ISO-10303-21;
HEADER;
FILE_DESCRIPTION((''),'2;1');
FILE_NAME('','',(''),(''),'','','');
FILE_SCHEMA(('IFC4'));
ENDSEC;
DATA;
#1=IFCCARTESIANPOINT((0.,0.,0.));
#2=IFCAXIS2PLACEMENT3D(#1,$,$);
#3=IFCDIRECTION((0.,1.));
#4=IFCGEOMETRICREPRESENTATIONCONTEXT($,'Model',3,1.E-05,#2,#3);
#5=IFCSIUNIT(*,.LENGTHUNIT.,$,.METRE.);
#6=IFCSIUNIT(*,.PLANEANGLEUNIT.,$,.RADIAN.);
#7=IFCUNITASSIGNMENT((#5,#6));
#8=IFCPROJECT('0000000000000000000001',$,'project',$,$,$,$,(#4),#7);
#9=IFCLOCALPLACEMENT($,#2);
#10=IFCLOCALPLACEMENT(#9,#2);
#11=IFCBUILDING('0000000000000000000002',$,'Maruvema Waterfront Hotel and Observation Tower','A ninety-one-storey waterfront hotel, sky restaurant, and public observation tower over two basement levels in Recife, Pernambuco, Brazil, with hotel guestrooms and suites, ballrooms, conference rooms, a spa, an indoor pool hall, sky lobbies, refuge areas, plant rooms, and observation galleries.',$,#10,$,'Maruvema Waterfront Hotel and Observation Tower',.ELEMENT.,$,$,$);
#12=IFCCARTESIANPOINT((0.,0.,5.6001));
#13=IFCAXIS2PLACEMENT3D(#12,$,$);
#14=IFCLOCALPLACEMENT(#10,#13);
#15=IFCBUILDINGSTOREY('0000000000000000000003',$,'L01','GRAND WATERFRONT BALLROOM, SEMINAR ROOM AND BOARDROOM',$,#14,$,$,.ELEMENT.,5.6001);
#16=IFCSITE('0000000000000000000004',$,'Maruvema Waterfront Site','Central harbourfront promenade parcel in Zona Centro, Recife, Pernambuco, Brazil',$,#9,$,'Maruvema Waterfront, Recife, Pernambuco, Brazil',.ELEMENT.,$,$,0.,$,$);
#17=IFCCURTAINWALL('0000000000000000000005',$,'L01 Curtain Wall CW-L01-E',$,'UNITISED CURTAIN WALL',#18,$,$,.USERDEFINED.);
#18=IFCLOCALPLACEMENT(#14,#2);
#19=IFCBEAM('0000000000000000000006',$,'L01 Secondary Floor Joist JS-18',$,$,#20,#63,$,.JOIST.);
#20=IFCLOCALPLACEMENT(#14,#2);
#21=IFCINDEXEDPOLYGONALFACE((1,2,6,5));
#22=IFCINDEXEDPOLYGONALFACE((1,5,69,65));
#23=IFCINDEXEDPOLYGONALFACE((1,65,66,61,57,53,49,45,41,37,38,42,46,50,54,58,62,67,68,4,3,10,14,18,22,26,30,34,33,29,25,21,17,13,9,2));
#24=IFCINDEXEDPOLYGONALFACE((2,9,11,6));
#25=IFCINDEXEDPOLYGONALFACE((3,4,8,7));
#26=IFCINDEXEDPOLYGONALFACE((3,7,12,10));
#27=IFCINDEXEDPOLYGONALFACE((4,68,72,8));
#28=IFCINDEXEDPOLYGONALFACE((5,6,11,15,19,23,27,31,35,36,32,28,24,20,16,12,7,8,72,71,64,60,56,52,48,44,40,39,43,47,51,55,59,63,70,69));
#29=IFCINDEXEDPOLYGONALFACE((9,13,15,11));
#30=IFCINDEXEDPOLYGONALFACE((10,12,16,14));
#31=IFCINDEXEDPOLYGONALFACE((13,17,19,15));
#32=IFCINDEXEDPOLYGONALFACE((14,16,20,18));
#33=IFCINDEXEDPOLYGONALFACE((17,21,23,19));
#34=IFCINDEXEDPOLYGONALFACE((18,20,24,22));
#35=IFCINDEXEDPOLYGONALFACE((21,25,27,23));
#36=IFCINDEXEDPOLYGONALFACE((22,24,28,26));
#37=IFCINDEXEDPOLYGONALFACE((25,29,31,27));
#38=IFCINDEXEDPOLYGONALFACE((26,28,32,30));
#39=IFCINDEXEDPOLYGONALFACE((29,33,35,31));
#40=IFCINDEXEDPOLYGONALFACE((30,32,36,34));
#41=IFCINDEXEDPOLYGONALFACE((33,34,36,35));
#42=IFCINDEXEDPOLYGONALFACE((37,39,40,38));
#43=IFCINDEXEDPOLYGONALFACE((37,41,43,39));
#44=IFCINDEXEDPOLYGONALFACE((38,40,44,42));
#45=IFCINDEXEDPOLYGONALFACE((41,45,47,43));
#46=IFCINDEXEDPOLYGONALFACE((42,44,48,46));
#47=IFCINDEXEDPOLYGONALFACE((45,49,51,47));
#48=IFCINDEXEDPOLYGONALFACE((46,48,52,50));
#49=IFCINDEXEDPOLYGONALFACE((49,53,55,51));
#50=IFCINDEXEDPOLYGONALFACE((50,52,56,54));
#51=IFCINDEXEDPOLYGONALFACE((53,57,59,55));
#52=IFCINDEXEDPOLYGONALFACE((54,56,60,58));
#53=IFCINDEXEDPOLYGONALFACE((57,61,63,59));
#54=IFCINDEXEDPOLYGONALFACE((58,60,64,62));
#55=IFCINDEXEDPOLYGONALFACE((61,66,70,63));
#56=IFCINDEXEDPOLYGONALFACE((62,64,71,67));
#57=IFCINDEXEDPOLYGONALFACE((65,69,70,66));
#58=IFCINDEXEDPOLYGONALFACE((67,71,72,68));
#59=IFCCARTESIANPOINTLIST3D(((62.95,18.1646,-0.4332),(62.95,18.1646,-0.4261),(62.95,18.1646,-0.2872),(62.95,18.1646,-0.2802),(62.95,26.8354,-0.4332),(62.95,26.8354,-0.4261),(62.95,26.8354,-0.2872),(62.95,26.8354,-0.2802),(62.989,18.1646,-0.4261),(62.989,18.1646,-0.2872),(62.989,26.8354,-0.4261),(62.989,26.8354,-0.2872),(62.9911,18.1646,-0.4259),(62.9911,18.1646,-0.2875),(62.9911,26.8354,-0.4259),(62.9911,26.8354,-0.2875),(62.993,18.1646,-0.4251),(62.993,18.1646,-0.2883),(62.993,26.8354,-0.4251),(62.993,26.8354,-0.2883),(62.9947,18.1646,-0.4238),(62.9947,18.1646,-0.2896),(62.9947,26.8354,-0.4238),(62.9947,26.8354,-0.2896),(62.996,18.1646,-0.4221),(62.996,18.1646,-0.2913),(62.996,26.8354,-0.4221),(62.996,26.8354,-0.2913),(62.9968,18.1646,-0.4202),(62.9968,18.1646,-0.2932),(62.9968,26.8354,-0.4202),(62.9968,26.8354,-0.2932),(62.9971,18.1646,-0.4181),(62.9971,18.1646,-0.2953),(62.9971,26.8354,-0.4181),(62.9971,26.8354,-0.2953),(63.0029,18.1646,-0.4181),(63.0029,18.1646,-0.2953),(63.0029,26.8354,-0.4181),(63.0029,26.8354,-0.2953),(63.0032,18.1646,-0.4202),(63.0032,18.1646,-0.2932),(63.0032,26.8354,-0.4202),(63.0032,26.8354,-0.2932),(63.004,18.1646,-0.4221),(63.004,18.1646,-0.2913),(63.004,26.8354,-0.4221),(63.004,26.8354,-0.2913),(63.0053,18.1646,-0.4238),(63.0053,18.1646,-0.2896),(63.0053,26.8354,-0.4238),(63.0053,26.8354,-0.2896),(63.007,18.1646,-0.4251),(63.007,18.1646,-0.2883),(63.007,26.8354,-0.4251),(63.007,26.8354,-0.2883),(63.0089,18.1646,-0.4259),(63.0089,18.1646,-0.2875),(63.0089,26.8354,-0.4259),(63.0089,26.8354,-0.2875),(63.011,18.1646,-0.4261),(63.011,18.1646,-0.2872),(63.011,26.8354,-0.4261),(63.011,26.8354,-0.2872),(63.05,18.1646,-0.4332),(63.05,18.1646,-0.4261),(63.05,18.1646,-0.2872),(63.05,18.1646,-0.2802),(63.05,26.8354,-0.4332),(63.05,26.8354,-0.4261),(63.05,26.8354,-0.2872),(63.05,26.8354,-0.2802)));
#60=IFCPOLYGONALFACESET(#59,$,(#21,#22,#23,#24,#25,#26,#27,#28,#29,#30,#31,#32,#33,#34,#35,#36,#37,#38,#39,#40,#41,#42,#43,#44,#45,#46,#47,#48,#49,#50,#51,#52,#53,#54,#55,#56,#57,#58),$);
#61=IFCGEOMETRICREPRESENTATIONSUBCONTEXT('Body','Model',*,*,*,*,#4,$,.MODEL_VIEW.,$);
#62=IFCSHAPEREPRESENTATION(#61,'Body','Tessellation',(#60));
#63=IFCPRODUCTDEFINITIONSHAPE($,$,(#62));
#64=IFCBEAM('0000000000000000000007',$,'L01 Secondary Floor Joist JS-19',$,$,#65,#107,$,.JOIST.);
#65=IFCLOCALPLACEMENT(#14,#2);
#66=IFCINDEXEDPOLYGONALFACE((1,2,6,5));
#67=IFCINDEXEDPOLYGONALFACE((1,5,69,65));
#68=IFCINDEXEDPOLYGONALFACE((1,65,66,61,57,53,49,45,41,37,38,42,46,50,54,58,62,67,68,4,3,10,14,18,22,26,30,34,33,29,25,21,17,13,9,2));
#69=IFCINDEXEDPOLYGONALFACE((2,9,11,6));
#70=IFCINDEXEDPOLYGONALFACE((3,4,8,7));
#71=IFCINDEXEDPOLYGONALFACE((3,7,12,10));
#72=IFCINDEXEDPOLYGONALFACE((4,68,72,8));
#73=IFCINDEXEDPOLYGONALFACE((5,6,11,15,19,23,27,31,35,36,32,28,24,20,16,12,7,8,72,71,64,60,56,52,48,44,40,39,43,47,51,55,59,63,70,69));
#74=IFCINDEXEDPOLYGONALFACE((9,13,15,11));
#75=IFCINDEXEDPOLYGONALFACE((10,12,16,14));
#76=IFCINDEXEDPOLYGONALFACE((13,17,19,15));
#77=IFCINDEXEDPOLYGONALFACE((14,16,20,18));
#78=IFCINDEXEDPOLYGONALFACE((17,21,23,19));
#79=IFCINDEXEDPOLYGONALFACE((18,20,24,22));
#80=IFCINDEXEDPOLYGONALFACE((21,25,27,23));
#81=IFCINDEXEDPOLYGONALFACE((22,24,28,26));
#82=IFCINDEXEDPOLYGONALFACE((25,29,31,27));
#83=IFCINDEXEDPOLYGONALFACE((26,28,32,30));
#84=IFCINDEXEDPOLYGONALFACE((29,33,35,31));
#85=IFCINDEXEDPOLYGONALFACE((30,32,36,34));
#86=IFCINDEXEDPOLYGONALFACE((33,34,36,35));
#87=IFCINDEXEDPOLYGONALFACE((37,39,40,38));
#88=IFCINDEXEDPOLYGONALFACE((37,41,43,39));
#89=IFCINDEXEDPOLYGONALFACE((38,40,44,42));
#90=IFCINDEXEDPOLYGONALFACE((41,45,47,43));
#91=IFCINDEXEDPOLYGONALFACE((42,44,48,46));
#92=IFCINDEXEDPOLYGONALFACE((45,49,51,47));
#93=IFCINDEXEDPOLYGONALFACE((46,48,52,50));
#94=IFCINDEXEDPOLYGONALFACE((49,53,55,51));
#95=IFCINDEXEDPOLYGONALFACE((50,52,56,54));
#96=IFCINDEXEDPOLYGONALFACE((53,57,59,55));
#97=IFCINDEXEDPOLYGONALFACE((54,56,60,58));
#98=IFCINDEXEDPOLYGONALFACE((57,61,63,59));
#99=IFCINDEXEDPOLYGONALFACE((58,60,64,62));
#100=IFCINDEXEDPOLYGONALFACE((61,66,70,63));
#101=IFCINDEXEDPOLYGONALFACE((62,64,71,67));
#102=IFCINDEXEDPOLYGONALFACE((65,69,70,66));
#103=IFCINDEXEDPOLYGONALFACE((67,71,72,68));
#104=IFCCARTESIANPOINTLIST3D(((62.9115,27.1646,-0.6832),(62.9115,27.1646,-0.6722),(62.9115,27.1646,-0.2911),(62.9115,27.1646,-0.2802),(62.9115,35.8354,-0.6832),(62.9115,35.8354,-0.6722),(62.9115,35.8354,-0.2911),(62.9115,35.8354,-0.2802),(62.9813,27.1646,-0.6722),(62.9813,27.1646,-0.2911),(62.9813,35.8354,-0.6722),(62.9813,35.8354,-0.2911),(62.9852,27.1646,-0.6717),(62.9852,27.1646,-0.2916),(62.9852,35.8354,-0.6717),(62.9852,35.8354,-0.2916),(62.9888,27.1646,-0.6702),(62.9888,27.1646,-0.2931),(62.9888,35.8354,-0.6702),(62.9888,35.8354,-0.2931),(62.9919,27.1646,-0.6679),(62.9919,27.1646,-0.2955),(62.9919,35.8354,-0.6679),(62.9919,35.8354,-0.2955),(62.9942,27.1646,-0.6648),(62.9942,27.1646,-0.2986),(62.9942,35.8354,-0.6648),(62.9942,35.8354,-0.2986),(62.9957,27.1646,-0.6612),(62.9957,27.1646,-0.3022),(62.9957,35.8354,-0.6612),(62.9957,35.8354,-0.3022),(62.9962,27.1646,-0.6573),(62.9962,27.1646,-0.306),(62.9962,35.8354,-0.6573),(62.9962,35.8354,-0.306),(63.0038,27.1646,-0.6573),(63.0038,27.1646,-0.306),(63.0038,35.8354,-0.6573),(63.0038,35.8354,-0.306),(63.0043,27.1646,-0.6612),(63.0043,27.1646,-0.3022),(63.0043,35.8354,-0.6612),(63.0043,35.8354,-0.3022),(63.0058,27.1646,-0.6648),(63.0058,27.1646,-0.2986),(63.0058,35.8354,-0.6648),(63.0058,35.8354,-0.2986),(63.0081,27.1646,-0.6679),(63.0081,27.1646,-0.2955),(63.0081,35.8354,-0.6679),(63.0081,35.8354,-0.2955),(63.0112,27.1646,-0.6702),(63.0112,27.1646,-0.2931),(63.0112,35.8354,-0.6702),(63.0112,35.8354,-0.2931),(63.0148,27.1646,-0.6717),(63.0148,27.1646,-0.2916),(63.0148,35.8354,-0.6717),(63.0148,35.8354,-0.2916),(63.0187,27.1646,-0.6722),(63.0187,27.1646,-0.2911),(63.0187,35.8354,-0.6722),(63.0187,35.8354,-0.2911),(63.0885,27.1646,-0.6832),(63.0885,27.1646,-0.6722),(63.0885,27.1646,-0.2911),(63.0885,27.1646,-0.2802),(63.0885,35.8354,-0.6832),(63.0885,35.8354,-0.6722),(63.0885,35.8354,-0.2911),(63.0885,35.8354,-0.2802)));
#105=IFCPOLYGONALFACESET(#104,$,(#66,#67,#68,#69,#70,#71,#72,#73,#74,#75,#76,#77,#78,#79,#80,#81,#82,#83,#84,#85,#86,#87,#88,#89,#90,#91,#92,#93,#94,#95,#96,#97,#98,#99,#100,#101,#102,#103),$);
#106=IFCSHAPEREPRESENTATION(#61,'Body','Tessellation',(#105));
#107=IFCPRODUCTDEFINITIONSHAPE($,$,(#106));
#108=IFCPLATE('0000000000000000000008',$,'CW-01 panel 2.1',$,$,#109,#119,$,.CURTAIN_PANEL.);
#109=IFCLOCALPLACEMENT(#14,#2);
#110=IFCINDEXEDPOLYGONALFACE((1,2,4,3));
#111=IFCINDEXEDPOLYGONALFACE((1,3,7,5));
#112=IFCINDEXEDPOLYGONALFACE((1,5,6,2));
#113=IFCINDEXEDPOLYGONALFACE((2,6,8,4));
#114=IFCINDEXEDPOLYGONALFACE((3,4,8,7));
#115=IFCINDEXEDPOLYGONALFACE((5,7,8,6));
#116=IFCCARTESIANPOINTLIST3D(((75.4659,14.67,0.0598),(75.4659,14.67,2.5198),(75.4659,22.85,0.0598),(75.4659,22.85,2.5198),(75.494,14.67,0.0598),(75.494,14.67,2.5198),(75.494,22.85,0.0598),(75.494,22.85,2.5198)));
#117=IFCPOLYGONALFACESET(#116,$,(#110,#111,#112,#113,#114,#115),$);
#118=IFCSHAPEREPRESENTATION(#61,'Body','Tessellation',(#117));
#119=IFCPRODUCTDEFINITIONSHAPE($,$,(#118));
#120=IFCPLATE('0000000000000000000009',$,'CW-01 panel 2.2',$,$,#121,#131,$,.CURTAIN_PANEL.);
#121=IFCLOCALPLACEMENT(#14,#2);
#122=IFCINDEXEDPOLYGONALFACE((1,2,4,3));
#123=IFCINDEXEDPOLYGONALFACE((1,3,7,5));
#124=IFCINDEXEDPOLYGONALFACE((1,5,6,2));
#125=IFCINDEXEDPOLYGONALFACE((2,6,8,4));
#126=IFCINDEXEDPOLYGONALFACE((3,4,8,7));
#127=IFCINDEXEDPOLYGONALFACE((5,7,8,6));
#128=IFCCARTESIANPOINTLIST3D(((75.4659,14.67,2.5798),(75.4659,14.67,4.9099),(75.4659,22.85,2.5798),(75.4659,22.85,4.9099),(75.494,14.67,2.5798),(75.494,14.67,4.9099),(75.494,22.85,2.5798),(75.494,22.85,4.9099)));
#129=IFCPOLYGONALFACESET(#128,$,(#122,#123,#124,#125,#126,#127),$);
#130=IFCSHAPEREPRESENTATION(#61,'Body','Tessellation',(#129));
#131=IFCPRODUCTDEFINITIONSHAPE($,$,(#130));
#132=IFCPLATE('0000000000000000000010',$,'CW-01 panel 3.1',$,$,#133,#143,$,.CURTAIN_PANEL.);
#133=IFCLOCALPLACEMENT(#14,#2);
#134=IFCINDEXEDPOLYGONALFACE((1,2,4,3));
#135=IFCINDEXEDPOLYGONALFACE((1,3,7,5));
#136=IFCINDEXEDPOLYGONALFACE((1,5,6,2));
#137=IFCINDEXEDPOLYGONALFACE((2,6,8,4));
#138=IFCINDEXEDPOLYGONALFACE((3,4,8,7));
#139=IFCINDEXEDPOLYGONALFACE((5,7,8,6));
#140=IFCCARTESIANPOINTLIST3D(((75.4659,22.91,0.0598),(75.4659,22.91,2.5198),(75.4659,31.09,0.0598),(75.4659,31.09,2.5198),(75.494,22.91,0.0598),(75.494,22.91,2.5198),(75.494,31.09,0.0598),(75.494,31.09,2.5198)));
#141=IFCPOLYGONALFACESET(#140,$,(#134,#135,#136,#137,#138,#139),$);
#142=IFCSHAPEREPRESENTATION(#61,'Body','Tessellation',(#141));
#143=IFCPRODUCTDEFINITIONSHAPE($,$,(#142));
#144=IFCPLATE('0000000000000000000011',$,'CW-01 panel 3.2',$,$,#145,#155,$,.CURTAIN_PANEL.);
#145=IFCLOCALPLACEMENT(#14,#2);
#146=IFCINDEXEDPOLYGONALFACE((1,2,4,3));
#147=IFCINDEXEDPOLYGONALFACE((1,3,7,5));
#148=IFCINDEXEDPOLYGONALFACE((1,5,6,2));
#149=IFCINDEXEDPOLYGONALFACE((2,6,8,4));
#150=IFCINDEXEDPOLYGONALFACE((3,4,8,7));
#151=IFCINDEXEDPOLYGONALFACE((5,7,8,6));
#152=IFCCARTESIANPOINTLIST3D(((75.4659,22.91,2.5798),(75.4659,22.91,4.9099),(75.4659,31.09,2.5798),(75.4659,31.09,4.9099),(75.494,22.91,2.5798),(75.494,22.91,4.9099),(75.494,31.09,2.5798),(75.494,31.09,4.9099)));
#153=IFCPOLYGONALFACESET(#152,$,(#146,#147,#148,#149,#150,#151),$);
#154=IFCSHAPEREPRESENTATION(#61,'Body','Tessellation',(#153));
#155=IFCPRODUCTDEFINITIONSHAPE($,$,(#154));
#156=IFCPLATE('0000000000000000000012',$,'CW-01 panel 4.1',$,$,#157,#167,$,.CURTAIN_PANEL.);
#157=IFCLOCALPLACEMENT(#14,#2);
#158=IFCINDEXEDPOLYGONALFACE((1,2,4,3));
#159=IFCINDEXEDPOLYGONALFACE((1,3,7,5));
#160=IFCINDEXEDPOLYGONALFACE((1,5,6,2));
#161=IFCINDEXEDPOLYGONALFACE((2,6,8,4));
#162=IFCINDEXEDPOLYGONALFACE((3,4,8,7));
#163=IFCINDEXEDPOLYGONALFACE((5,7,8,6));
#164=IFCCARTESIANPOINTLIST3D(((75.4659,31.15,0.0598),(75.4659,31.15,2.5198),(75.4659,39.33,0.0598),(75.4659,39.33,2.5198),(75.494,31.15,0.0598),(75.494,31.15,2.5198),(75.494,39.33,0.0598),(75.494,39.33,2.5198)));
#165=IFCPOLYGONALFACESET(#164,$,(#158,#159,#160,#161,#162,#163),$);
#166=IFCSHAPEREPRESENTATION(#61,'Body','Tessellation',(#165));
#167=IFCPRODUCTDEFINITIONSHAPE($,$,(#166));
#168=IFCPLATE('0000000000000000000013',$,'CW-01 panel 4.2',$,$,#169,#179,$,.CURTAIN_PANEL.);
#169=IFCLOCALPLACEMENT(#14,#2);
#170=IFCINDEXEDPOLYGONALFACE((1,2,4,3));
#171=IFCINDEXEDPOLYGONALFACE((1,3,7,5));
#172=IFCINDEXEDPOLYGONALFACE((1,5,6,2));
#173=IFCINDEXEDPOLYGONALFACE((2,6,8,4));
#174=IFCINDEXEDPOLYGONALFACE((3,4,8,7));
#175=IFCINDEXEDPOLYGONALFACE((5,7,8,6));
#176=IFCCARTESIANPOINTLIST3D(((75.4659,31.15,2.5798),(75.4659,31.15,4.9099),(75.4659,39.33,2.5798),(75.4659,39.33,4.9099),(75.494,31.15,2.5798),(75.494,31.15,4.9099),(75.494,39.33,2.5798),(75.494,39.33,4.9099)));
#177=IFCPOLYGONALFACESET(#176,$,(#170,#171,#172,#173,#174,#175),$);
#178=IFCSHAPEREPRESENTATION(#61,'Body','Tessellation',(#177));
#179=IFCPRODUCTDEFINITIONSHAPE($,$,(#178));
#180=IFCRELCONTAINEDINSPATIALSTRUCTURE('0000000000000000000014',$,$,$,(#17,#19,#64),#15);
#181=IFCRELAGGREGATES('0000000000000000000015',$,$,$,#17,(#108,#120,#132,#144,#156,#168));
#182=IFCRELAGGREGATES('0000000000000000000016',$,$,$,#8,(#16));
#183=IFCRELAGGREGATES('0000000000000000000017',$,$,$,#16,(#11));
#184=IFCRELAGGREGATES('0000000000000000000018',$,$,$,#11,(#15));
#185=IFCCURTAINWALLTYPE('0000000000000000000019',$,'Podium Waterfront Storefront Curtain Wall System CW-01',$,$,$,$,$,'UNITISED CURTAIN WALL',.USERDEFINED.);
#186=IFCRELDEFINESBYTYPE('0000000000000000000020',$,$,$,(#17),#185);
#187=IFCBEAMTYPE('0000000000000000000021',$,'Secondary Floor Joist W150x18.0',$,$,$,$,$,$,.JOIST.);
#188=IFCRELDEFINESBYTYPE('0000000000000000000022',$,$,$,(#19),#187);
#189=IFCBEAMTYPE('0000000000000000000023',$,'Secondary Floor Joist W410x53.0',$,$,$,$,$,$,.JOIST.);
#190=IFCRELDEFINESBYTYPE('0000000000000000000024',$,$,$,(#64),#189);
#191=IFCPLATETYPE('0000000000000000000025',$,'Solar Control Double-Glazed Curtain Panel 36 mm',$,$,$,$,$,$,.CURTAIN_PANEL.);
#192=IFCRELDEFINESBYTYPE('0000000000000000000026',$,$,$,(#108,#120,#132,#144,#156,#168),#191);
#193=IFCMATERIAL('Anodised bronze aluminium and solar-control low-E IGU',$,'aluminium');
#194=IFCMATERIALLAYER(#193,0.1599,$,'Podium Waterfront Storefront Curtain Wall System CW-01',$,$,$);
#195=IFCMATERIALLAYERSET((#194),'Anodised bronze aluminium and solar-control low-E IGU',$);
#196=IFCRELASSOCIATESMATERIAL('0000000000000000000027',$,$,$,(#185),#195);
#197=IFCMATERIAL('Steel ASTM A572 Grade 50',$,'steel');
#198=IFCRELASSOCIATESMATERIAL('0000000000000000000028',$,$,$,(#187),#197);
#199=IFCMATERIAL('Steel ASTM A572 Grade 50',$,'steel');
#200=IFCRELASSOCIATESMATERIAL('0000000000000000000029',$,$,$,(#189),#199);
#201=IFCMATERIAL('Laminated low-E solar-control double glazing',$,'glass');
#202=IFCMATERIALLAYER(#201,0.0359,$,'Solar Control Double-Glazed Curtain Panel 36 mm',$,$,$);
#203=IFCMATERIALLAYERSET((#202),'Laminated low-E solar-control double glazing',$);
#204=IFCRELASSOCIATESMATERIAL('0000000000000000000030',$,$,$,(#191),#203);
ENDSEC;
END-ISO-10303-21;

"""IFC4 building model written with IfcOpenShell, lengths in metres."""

from ifc_helpers import new_model, si_unit, direction, frame, origin, origin_2d, place, context, subcontext, project, spatial, rectangle, i_section, extrude, material, layer, layer_set, material_profile, profile_set, type_object, element, aggregate, save


model = new_model("IFC4")

# Units and contexts
model_context = context("Model", 3, precision=1e-05, world=origin(), true_north=direction((0.0, 1.0)))
body_context = subcontext(model_context, "Body", "Model", "MODEL_VIEW")
ifc_project = project(units=[si_unit("LENGTHUNIT", "METRE"), si_unit("PLANEANGLEUNIT", "RADIAN")], contexts=[model_context])

# Site, building, storey
site_placement = place(None, origin())
site = spatial("IfcSite", under=ifc_project, at=site_placement, Name="Maruvema Waterfront Site", Description="Central harbourfront promenade parcel in Zona Centro, Recife, Pernambuco, Brazil", LongName="Maruvema Waterfront, Recife, Pernambuco, Brazil", CompositionType="ELEMENT", RefElevation=0.0)
building_placement = place(site_placement, origin())
building = spatial("IfcBuilding", under=site, at=building_placement, Name="Maruvema Waterfront Hotel and Observation Tower", Description="A ninety-one-storey waterfront hotel, sky restaurant, and public observation tower over two basement levels in Recife, Pernambuco, Brazil, with hotel guestrooms and suites, ballrooms, conference rooms, a spa, an indoor pool hall, sky lobbies, refuge areas, plant rooms, and observation galleries.", LongName="Maruvema Waterfront Hotel and Observation Tower", CompositionType="ELEMENT")
storey_placement = place(building_placement, frame((0.0, 0.0, 5.6001)))
storey = spatial("IfcBuildingStorey", under=building, at=storey_placement, Name="L01", Description="GRAND WATERFRONT BALLROOM, SEMINAR ROOM AND BOARDROOM", CompositionType="ELEMENT", Elevation=5.6001)

# Curtain wall
ifc_material_1 = material(Name="Anodised bronze aluminium and solar-control low-E IGU", Category="aluminium")
ifc_layer_1 = layer(ifc_material_1, 0.1599, Name="Podium Waterfront Storefront Curtain Wall System CW-01")
ifc_layer_set_1 = layer_set([ifc_layer_1], Name="Anodised bronze aluminium and solar-control low-E IGU")
curtain_wall_type = type_object("IfcCurtainWallType", Name="Podium Waterfront Storefront Curtain Wall System CW-01", ElementType="UNITISED CURTAIN WALL", PredefinedType="USERDEFINED", material=ifc_layer_set_1)
curtain_wall_placement = place(storey_placement, origin())
curtain_wall = element("IfcCurtainWall", 1, at=curtain_wall_placement, inside=storey, type_object=curtain_wall_type, Name="L01 Curtain Wall CW-L01-E", ObjectType="UNITISED CURTAIN WALL", PredefinedType="USERDEFINED")

# Beams
ifc_material_2 = material(Name="Steel ASTM A572 Grade 50", Category="steel")
ifc_material_profile_1 = material_profile(ifc_material_2, i_section(OverallWidth=0.1001, OverallDepth=0.1531, WebThickness=0.0059, FlangeThickness=0.0071, FilletRadius=0.0081, at=origin_2d()), Name="W150x18.0")
ifc_profile_set_1 = profile_set([ifc_material_profile_1], Name="Steel ASTM A572 Grade 50")
beam_type_1 = type_object("IfcBeamType", Name="Secondary Floor Joist W150x18.0", PredefinedType="JOIST", material=ifc_profile_set_1)
beam_1_placement = place(storey_placement, frame((63.0, 18.1646, -0.3567), z_axis=(0.0, 1.0, 0.0), x_axis=(-1.0, 0.0, 0.0)))
element("IfcBeam", 2, at=beam_1_placement, inside=storey, type_object=beam_type_1, Name="L01 Secondary Floor Joist JS-18", PredefinedType="JOIST", context=body_context, shape_type="SweptSolid", body=[
    extrude(i_section(OverallWidth=0.1001, OverallDepth=0.1531, WebThickness=0.0059, FlangeThickness=0.0071, FilletRadius=0.0081, at=origin_2d()), origin(), (0.0, 0.0, 1.0), 8.6709),
])
ifc_material_3 = material(Name="Steel ASTM A572 Grade 50", Category="steel")
ifc_material_profile_2 = material_profile(ifc_material_3, i_section(OverallWidth=0.177, OverallDepth=0.4031, WebThickness=0.0076, FlangeThickness=0.011, FilletRadius=0.0149, at=origin_2d()), Name="W410x53.0")
ifc_profile_set_2 = profile_set([ifc_material_profile_2], Name="Steel ASTM A572 Grade 50")
beam_type_2 = type_object("IfcBeamType", Name="Secondary Floor Joist W410x53.0", PredefinedType="JOIST", material=ifc_profile_set_2)
beam_2_placement = place(storey_placement, frame((63.0, 27.1646, -0.4817), z_axis=(0.0, 1.0, 0.0), x_axis=(-1.0, 0.0, 0.0)))
element("IfcBeam", 3, at=beam_2_placement, inside=storey, type_object=beam_type_2, Name="L01 Secondary Floor Joist JS-19", PredefinedType="JOIST", context=body_context, shape_type="SweptSolid", body=[
    extrude(i_section(OverallWidth=0.177, OverallDepth=0.4031, WebThickness=0.0076, FlangeThickness=0.011, FilletRadius=0.0149, at=origin_2d()), origin(), (0.0, 0.0, 1.0), 8.6709),
])

# Plates
ifc_material_4 = material(Name="Laminated low-E solar-control double glazing", Category="glass")
ifc_layer_2 = layer(ifc_material_4, 0.0359, Name="Solar Control Double-Glazed Curtain Panel 36 mm")
ifc_layer_set_2 = layer_set([ifc_layer_2], Name="Laminated low-E solar-control double glazing")
plate_type = type_object("IfcPlateType", Name="Solar Control Double-Glazed Curtain Panel 36 mm", PredefinedType="CURTAIN_PANEL", material=ifc_layer_set_2)
plate_1_placement = place(storey_placement, frame((75.48, 18.76, 0.0598), z_axis=(0.0, 0.0, 1.0), x_axis=(0.0, 1.0, 0.0)))
plate_1 = element("IfcPlate", 4, at=plate_1_placement, type_object=plate_type, Name="CW-01 panel 2.1", PredefinedType="CURTAIN_PANEL", context=body_context, shape_type="SweptSolid", body=[
    extrude(rectangle(XDim=8.1799, YDim=0.0281, at=origin_2d()), origin(), (0.0, 0.0, 1.0), 2.46),
])
plate_2_placement = place(storey_placement, frame((75.48, 18.76, 2.5798), z_axis=(0.0, 0.0, 1.0), x_axis=(0.0, 1.0, 0.0)))
plate_2 = element("IfcPlate", 5, at=plate_2_placement, type_object=plate_type, Name="CW-01 panel 2.2", PredefinedType="CURTAIN_PANEL", context=body_context, shape_type="SweptSolid", body=[
    extrude(rectangle(XDim=8.1799, YDim=0.0281, at=origin_2d()), origin(), (0.0, 0.0, 1.0), 2.3301),
])
plate_3_placement = place(storey_placement, frame((75.48, 27.0, 0.0598), z_axis=(0.0, 0.0, 1.0), x_axis=(0.0, 1.0, 0.0)))
plate_3 = element("IfcPlate", 6, at=plate_3_placement, type_object=plate_type, Name="CW-01 panel 3.1", PredefinedType="CURTAIN_PANEL", context=body_context, shape_type="SweptSolid", body=[
    extrude(rectangle(XDim=8.1799, YDim=0.0281, at=origin_2d()), origin(), (0.0, 0.0, 1.0), 2.46),
])
plate_4_placement = place(storey_placement, frame((75.48, 27.0, 2.5798), z_axis=(0.0, 0.0, 1.0), x_axis=(0.0, 1.0, 0.0)))
plate_4 = element("IfcPlate", 7, at=plate_4_placement, type_object=plate_type, Name="CW-01 panel 3.2", PredefinedType="CURTAIN_PANEL", context=body_context, shape_type="SweptSolid", body=[
    extrude(rectangle(XDim=8.1799, YDim=0.0281, at=origin_2d()), origin(), (0.0, 0.0, 1.0), 2.3301),
])
plate_5_placement = place(storey_placement, frame((75.48, 35.24, 0.0598), z_axis=(0.0, 0.0, 1.0), x_axis=(0.0, 1.0, 0.0)))
plate_5 = element("IfcPlate", 8, at=plate_5_placement, type_object=plate_type, Name="CW-01 panel 4.1", PredefinedType="CURTAIN_PANEL", context=body_context, shape_type="SweptSolid", body=[
    extrude(rectangle(XDim=8.1799, YDim=0.0281, at=origin_2d()), origin(), (0.0, 0.0, 1.0), 2.46),
])
plate_6_placement = place(storey_placement, frame((75.48, 35.24, 2.5798), z_axis=(0.0, 0.0, 1.0), x_axis=(0.0, 1.0, 0.0)))
plate_6 = element("IfcPlate", 9, at=plate_6_placement, type_object=plate_type, Name="CW-01 panel 4.2", PredefinedType="CURTAIN_PANEL", context=body_context, shape_type="SweptSolid", body=[
    extrude(rectangle(XDim=8.1799, YDim=0.0281, at=origin_2d()), origin(), (0.0, 0.0, 1.0), 2.3301),
])
aggregate(curtain_wall, [plate_1, plate_2, plate_3, plate_4, plate_5, plate_6])

save(model, "model.ifc")
